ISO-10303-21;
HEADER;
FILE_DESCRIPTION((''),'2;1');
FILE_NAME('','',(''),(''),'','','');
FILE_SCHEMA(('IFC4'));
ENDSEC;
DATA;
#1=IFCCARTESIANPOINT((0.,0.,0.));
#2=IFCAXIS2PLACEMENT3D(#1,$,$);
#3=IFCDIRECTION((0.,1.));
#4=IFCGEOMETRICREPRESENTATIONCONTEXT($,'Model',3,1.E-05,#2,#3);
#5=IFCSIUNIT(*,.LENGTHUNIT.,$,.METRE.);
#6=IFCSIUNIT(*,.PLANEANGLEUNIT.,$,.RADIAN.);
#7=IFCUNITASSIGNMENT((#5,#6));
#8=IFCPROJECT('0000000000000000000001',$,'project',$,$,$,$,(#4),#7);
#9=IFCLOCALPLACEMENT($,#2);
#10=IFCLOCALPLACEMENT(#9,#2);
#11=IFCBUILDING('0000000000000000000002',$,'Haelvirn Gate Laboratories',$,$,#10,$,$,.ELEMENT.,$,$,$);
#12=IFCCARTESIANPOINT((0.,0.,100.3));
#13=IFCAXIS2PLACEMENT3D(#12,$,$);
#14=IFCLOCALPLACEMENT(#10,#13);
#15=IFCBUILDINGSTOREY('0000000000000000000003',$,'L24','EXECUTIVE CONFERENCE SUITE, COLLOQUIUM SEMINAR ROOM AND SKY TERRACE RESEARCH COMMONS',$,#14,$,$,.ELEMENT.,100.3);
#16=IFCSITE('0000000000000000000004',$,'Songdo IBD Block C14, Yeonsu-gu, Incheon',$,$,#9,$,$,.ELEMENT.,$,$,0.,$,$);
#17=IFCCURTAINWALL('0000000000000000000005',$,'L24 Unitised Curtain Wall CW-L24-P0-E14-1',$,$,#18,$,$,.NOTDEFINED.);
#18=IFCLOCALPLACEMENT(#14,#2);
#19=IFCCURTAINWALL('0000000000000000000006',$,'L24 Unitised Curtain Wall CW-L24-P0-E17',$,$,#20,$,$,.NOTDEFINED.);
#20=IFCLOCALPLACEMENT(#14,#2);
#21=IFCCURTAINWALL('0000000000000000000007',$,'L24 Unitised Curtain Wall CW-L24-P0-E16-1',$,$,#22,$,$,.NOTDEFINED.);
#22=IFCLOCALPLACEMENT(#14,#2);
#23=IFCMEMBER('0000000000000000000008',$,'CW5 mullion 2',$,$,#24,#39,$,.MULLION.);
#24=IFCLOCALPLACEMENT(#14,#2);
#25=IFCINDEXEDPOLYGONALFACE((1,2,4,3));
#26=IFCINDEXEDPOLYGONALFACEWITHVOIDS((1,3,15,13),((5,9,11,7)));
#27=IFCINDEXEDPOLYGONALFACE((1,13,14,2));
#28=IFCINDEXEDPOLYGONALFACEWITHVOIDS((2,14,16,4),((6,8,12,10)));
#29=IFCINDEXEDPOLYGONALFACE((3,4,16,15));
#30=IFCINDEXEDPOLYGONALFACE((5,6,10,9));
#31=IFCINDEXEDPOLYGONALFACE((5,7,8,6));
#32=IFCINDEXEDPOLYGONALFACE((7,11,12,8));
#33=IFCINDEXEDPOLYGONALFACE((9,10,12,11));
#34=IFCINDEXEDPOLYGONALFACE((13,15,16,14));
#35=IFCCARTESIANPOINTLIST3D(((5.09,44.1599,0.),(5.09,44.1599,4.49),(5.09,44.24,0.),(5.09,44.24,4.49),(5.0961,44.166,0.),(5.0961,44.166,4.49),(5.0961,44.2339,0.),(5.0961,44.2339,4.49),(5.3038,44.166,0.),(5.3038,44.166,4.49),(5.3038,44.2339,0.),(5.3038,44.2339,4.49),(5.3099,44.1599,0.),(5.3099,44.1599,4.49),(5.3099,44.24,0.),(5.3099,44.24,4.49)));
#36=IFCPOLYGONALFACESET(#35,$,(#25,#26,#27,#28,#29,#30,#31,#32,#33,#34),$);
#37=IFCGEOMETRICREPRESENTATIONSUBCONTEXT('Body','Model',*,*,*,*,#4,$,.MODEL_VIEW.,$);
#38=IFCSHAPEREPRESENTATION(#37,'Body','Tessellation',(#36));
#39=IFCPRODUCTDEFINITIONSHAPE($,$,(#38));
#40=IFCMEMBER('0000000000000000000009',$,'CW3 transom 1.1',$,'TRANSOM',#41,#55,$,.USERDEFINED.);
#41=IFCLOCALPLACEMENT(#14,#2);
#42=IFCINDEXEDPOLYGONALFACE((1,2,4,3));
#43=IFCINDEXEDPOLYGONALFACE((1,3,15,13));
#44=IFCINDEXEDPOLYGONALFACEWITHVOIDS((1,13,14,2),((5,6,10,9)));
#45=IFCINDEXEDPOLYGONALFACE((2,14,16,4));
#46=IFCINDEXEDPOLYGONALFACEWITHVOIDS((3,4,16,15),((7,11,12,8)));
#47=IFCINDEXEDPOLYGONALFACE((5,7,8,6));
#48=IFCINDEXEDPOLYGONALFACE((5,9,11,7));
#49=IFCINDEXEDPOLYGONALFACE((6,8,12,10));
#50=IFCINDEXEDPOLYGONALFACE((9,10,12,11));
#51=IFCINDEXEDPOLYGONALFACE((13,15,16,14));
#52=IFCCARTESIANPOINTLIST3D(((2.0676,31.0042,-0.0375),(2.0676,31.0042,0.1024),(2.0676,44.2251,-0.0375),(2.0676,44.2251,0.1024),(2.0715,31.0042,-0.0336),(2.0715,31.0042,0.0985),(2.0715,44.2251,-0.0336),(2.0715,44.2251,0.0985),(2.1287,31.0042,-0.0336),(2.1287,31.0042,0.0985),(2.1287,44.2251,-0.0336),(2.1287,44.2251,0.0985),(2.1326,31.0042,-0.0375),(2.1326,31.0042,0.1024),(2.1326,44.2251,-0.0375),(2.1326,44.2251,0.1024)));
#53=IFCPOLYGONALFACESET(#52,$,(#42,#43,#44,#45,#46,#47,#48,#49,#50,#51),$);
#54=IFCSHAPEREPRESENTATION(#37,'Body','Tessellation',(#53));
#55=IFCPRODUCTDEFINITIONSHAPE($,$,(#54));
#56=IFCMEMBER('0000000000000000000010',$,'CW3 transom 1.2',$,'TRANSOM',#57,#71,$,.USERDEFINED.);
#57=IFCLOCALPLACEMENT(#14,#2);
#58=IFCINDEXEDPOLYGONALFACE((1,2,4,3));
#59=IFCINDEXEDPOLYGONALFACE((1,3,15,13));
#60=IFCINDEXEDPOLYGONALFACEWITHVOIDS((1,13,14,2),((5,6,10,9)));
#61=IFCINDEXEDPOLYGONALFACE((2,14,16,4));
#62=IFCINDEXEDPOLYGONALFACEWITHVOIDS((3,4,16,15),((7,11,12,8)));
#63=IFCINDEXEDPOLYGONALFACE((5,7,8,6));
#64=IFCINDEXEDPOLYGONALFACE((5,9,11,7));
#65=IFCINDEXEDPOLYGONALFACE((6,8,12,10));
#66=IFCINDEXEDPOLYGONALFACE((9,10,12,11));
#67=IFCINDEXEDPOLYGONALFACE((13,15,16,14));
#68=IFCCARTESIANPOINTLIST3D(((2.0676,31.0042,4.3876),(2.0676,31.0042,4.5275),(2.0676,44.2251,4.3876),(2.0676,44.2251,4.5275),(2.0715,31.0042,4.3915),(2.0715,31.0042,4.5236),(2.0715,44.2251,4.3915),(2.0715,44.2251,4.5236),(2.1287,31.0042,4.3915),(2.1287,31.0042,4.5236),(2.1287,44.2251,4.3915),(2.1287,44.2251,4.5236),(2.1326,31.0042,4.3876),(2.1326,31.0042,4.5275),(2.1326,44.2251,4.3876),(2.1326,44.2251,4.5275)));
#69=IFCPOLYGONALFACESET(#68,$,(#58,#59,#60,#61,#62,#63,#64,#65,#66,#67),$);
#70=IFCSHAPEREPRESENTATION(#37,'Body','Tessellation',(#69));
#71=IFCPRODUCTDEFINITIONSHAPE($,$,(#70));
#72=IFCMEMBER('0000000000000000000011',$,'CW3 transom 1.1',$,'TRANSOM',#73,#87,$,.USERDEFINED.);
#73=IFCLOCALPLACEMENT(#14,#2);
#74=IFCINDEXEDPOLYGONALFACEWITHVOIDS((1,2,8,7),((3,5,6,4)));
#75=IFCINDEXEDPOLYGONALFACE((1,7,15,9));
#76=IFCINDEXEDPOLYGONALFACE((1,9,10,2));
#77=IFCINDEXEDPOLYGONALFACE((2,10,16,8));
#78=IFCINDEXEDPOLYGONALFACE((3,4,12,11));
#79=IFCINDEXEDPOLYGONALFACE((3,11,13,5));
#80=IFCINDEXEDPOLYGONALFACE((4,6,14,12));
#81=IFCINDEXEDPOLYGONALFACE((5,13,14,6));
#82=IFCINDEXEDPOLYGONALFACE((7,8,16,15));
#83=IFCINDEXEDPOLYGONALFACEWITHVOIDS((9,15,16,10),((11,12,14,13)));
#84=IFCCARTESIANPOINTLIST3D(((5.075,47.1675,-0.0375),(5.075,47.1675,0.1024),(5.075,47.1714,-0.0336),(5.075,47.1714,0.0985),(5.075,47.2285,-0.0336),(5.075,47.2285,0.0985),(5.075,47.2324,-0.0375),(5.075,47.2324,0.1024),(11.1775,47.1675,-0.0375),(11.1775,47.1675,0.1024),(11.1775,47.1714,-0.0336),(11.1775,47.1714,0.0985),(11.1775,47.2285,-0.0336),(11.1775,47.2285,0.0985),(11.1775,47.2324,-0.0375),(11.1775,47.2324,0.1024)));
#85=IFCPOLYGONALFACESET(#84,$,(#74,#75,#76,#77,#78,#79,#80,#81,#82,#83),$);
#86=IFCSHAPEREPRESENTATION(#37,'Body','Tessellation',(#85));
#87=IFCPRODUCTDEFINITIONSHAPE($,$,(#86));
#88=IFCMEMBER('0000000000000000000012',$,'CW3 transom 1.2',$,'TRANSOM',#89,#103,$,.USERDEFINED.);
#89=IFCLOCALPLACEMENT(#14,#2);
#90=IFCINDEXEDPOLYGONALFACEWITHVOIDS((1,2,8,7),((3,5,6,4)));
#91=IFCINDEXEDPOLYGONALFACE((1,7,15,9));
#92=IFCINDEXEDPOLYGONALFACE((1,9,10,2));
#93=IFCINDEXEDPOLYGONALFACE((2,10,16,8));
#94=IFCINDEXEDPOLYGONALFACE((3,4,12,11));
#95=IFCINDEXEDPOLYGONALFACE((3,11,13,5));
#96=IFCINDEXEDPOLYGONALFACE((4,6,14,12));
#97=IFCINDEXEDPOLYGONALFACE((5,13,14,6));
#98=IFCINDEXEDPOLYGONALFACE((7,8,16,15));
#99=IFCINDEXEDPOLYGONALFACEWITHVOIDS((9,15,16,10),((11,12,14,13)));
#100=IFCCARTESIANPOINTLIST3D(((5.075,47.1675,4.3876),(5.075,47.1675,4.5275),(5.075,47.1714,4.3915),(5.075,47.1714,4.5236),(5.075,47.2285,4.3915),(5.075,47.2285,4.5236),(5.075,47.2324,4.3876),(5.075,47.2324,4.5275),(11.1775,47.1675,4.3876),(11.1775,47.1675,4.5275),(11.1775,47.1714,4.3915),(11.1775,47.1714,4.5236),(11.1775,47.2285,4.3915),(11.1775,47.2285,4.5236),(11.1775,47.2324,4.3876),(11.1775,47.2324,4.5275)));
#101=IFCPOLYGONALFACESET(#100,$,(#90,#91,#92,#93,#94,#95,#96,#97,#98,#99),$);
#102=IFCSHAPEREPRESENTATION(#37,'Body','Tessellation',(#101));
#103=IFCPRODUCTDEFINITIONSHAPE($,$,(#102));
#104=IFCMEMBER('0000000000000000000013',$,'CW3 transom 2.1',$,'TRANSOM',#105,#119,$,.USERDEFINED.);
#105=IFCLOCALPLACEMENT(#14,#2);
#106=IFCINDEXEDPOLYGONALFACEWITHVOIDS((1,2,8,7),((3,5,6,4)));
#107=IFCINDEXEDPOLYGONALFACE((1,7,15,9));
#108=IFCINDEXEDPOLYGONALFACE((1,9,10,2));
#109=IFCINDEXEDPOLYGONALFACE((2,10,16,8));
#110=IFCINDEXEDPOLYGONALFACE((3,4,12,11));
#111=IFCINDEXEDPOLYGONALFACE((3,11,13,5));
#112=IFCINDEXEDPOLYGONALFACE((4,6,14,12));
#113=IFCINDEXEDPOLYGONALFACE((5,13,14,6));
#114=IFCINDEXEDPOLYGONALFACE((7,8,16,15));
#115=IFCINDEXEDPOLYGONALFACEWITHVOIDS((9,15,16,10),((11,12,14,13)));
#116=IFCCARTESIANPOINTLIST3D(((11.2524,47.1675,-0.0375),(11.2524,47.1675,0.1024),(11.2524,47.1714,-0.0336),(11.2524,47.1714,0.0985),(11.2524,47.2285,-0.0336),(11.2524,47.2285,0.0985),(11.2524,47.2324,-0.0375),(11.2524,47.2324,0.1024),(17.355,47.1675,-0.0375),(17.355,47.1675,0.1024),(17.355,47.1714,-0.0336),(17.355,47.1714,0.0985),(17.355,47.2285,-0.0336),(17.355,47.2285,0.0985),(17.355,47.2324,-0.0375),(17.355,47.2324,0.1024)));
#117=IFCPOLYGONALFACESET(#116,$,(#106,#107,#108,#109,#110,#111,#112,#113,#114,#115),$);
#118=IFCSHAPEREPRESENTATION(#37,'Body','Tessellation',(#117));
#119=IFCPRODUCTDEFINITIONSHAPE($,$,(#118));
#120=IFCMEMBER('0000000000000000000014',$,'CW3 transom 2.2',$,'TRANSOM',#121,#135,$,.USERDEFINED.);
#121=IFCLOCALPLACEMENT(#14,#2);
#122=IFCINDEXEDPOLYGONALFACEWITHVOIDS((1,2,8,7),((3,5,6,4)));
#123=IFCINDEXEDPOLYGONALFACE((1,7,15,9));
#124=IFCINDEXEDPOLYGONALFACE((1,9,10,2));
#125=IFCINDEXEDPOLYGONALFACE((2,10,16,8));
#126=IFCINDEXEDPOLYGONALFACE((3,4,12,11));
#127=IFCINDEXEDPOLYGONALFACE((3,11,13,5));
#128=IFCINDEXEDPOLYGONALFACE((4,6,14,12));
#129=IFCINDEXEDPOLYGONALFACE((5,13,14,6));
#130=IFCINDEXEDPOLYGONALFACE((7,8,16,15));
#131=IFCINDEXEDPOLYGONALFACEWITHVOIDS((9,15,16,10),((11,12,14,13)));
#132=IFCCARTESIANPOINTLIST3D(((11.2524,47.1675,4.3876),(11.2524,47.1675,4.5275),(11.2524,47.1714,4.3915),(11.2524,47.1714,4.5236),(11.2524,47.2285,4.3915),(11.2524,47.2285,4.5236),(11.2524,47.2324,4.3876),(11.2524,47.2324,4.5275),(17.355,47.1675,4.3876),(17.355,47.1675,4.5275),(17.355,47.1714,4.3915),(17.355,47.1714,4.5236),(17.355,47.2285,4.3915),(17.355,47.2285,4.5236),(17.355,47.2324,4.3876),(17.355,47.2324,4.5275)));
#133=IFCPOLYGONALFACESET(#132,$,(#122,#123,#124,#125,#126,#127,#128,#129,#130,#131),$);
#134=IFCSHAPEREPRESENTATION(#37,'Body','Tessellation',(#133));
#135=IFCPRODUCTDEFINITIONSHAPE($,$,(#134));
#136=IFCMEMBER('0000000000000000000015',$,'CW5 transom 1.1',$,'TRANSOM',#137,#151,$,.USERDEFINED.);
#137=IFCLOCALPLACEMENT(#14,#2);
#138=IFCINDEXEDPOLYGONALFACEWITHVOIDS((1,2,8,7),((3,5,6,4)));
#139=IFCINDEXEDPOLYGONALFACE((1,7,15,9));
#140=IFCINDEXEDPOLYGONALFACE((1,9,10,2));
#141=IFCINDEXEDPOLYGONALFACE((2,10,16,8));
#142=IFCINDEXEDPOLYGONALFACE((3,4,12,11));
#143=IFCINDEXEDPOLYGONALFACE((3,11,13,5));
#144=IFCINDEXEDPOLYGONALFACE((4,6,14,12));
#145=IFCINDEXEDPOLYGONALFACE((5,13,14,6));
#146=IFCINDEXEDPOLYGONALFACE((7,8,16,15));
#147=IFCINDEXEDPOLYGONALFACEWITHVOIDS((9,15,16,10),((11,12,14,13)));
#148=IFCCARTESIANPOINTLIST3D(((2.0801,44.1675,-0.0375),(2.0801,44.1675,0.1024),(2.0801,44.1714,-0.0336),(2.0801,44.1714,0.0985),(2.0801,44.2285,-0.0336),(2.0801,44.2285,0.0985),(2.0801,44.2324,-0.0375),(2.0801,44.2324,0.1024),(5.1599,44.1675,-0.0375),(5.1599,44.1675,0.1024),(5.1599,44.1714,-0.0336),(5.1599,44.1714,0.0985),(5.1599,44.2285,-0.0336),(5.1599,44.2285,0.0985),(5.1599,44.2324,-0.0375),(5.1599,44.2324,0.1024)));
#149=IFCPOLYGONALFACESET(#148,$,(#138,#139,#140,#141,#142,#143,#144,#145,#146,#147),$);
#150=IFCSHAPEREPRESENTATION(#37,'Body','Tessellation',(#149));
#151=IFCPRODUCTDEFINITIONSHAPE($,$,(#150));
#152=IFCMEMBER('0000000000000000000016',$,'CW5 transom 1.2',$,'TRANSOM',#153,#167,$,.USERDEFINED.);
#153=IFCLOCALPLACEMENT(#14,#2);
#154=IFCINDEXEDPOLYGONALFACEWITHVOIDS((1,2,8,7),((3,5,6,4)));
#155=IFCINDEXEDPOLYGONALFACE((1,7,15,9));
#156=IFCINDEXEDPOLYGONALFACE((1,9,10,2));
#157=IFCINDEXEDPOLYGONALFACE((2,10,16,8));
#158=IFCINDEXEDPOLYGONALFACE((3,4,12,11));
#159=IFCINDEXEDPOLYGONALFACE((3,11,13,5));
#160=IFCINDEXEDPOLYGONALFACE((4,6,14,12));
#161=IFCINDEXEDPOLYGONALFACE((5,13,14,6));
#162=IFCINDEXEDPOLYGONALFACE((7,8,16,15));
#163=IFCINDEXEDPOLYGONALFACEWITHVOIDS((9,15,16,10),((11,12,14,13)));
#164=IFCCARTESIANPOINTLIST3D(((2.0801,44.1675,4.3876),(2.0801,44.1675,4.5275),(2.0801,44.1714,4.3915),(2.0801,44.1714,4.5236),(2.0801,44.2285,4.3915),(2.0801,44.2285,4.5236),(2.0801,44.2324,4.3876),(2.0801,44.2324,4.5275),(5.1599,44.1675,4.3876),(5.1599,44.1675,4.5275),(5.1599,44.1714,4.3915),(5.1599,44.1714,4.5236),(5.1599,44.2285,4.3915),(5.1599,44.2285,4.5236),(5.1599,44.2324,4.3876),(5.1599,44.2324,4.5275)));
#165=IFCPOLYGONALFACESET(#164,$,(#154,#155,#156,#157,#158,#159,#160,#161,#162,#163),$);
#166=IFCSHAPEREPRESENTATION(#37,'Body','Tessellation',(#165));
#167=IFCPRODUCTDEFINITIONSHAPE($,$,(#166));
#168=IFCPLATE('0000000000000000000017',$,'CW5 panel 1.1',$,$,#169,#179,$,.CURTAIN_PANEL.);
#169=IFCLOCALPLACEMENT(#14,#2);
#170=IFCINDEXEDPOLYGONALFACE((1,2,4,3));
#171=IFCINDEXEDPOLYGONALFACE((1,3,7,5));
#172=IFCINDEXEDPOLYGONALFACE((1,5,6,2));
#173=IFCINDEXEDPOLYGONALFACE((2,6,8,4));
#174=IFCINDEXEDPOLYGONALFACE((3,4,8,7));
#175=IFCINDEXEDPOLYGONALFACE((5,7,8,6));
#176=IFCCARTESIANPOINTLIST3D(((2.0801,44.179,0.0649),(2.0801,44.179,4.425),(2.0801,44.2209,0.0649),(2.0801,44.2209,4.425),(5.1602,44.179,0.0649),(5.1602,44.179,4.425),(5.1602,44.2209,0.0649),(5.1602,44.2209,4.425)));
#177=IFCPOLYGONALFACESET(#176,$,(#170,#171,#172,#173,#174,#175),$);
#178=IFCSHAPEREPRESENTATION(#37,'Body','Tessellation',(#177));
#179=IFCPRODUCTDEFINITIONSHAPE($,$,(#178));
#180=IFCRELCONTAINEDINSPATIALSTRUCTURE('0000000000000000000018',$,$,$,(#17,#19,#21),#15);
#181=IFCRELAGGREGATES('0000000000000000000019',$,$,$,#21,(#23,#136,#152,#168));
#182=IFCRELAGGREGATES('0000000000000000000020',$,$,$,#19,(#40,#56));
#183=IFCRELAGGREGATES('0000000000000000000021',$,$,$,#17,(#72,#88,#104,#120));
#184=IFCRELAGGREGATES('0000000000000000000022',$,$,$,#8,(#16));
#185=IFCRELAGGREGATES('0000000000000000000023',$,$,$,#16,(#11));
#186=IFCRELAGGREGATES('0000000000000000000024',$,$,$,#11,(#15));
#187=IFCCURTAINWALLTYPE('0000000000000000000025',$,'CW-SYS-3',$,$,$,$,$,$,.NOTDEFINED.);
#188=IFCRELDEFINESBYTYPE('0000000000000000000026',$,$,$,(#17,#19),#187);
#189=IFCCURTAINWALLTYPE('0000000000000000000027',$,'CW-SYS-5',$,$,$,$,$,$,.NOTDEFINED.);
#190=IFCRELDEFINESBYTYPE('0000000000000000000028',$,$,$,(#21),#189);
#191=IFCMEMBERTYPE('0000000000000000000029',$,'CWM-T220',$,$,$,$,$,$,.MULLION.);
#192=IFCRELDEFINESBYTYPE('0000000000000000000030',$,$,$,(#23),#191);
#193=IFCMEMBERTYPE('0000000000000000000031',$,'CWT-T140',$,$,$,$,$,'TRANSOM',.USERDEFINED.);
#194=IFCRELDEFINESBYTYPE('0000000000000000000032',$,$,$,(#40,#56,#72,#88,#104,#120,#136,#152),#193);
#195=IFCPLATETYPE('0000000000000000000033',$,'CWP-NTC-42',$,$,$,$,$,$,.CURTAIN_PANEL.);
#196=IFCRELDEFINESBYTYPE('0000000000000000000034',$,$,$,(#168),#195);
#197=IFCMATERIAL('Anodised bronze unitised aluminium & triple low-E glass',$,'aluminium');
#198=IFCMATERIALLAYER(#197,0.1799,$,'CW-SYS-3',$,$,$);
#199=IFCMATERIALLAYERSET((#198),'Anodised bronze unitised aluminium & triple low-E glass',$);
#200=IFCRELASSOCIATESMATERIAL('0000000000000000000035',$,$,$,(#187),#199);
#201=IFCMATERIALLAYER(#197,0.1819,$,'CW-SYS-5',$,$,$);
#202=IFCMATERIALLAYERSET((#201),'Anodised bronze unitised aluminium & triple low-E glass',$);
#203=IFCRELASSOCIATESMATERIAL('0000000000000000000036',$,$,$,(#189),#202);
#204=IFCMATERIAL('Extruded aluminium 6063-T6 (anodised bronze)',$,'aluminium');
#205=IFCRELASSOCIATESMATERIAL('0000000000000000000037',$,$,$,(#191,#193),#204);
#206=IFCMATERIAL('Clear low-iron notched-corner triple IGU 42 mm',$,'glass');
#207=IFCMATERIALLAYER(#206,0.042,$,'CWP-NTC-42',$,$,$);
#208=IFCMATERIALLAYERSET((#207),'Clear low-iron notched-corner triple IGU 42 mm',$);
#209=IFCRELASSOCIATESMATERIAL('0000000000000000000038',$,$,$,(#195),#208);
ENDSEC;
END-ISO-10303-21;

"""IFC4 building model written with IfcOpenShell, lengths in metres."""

from ifc_helpers import new_model, si_unit, direction, frame, origin, origin_2d, place, context, subcontext, project, spatial, rectangle, hollow_rectangle, extrude, source, transform, mapped, material, layer, layer_set, material_profile, profile_set, type_object, type_shapes, element, aggregate, save


model = new_model("IFC4")

# Units and contexts
model_context = context("Model", 3, precision=1e-05, world=origin(), true_north=direction((0.0, 1.0)))
body_context = subcontext(model_context, "Body", "Model", "MODEL_VIEW")
ifc_project = project(units=[si_unit("LENGTHUNIT", "METRE"), si_unit("PLANEANGLEUNIT", "RADIAN")], contexts=[model_context])

# Site, building, storey
site_placement = place(None, origin())
site = spatial("IfcSite", under=ifc_project, at=site_placement, Name="Songdo IBD Block C14, Yeonsu-gu, Incheon", CompositionType="ELEMENT", RefElevation=0.0)
building_placement = place(site_placement, origin())
building = spatial("IfcBuilding", under=site, at=building_placement, Name="Haelvirn Gate Laboratories", CompositionType="ELEMENT")
storey_placement = place(building_placement, frame((0.0, 0.0, 100.3)))
storey = spatial("IfcBuildingStorey", under=building, at=storey_placement, Name="L24", Description="EXECUTIVE CONFERENCE SUITE, COLLOQUIUM SEMINAR ROOM AND SKY TERRACE RESEARCH COMMONS", CompositionType="ELEMENT", Elevation=100.3)

# Curtain wall
ifc_material_1 = material(Name="Anodised bronze unitised aluminium & triple low-E glass", Category="aluminium")
ifc_layer_1 = layer(ifc_material_1, 0.1799, Name="CW-SYS-3")
ifc_layer_set_1 = layer_set([ifc_layer_1], Name="Anodised bronze unitised aluminium & triple low-E glass")
curtain_wall_type_1 = type_object("IfcCurtainWallType", Name="CW-SYS-3", PredefinedType="NOTDEFINED", material=ifc_layer_set_1)
curtain_wall_1_placement = place(storey_placement, origin())
curtain_wall_1 = element("IfcCurtainWall", 1, at=curtain_wall_1_placement, inside=storey, type_object=curtain_wall_type_1, Name="L24 Unitised Curtain Wall CW-L24-P0-E14-1", PredefinedType="NOTDEFINED")
ifc_material_2 = material(Name="Extruded aluminium 6063-T6 (anodised bronze)", Category="aluminium")

# Curtain wall
curtain_wall_2_placement = place(storey_placement, origin())
curtain_wall_2 = element("IfcCurtainWall", 2, at=curtain_wall_2_placement, inside=storey, type_object=curtain_wall_type_1, Name="L24 Unitised Curtain Wall CW-L24-P0-E17", PredefinedType="NOTDEFINED")

# Curtain wall, member
ifc_layer_2 = layer(ifc_material_1, 0.1819, Name="CW-SYS-5")
ifc_layer_set_2 = layer_set([ifc_layer_2], Name="Anodised bronze unitised aluminium & triple low-E glass")
curtain_wall_type_2 = type_object("IfcCurtainWallType", Name="CW-SYS-5", PredefinedType="NOTDEFINED", material=ifc_layer_set_2)
curtain_wall_3_placement = place(storey_placement, origin())
curtain_wall_3 = element("IfcCurtainWall", 3, at=curtain_wall_3_placement, inside=storey, type_object=curtain_wall_type_2, Name="L24 Unitised Curtain Wall CW-L24-P0-E16-1", PredefinedType="NOTDEFINED")
ifc_material_profile_1 = material_profile(ifc_material_2, hollow_rectangle(XDim=0.0801, YDim=0.22, WallThickness=0.0061, at=origin_2d()), Name="CWM-220x80x6")
ifc_profile_set_1 = profile_set([ifc_material_profile_1], Name="Extruded aluminium 6063-T6 (anodised bronze)")
member_type_1 = type_object("IfcMemberType", Name="CWM-T220", PredefinedType="MULLION", material=ifc_profile_set_1)
shared_shape_1 = source(origin(), body_context, "Body", "SweptSolid", [
    extrude(hollow_rectangle(XDim=0.0801, YDim=0.22, WallThickness=0.0061, at=origin_2d()), origin(), (0.0, 0.0, 1.0), 4.49),
])
type_shapes(member_type_1, [shared_shape_1])
member_1_placement = place(storey_placement, frame((5.2, 44.2, 0.0), z_axis=(0.0, 0.0, 1.0), x_axis=(0.0, 1.0, 0.0)))
member_1 = element("IfcMember", 4, at=member_1_placement, type_object=member_type_1, Name="CW5 mullion 2", PredefinedType="MULLION", context=body_context, shape_type="MappedRepresentation", body=[
    mapped(shared_shape_1, transform((0.0, 0.0, 0.0), scale=1.0)),
])

# Members
ifc_material_profile_2 = material_profile(ifc_material_2, hollow_rectangle(XDim=0.0649, YDim=0.1399, WallThickness=0.0039, at=origin_2d()), Name="CWT-140x65x4")
ifc_profile_set_2 = profile_set([ifc_material_profile_2], Name="Extruded aluminium 6063-T6 (anodised bronze)")
member_type_2 = type_object("IfcMemberType", Name="CWT-T140", ElementType="TRANSOM", PredefinedType="USERDEFINED", material=ifc_profile_set_2)
shared_shape_2 = source(origin(), body_context, "Body", "SweptSolid", [
    extrude(hollow_rectangle(XDim=0.0649, YDim=0.1399, WallThickness=0.0039, at=origin_2d()), origin(), (0.0, 0.0, 1.0), 13.2209),
])
member_2_placement = place(storey_placement, frame((2.1001, 44.2251, 0.0325), z_axis=(0.0, -1.0, 0.0), x_axis=(1.0, 0.0, 0.0)))
member_2 = element("IfcMember", 5, at=member_2_placement, type_object=member_type_2, Name="CW3 transom 1.1", ObjectType="TRANSOM", PredefinedType="USERDEFINED", context=body_context, shape_type="MappedRepresentation", body=[
    mapped(shared_shape_2, transform((0.0, 0.0, 0.0), scale=1.0)),
])
member_3_placement = place(storey_placement, frame((2.1001, 44.2251, 4.4575), z_axis=(0.0, -1.0, 0.0), x_axis=(1.0, 0.0, 0.0)))
member_3 = element("IfcMember", 6, at=member_3_placement, type_object=member_type_2, Name="CW3 transom 1.2", ObjectType="TRANSOM", PredefinedType="USERDEFINED", context=body_context, shape_type="MappedRepresentation", body=[
    mapped(shared_shape_2, transform((0.0, 0.0, 0.0), scale=1.0)),
])
shared_shape_3 = source(origin(), body_context, "Body", "SweptSolid", [
    extrude(hollow_rectangle(XDim=0.0649, YDim=0.1399, WallThickness=0.0039, at=origin_2d()), origin(), (0.0, 0.0, 1.0), 6.1025),
])
member_4_placement = place(storey_placement, frame((5.075, 47.2, 0.0325), z_axis=(1.0, 0.0, 0.0), x_axis=(0.0, 1.0, 0.0)))
member_4 = element("IfcMember", 7, at=member_4_placement, type_object=member_type_2, Name="CW3 transom 1.1", ObjectType="TRANSOM", PredefinedType="USERDEFINED", context=body_context, shape_type="MappedRepresentation", body=[
    mapped(shared_shape_3, transform((0.0, 0.0, 0.0), scale=1.0)),
])
member_5_placement = place(storey_placement, frame((5.075, 47.2, 4.4575), z_axis=(1.0, 0.0, 0.0), x_axis=(0.0, 1.0, 0.0)))
member_5 = element("IfcMember", 8, at=member_5_placement, type_object=member_type_2, Name="CW3 transom 1.2", ObjectType="TRANSOM", PredefinedType="USERDEFINED", context=body_context, shape_type="MappedRepresentation", body=[
    mapped(shared_shape_3, transform((0.0, 0.0, 0.0), scale=1.0)),
])
member_6_placement = place(storey_placement, frame((11.2524, 47.2, 0.0325), z_axis=(1.0, 0.0, 0.0), x_axis=(0.0, 1.0, 0.0)))
member_6 = element("IfcMember", 9, at=member_6_placement, type_object=member_type_2, Name="CW3 transom 2.1", ObjectType="TRANSOM", PredefinedType="USERDEFINED", context=body_context, shape_type="MappedRepresentation", body=[
    mapped(shared_shape_3, transform((0.0, 0.0, 0.0), scale=1.0)),
])
member_7_placement = place(storey_placement, frame((11.2524, 47.2, 4.4575), z_axis=(1.0, 0.0, 0.0), x_axis=(0.0, 1.0, 0.0)))
member_7 = element("IfcMember", 10, at=member_7_placement, type_object=member_type_2, Name="CW3 transom 2.2", ObjectType="TRANSOM", PredefinedType="USERDEFINED", context=body_context, shape_type="MappedRepresentation", body=[
    mapped(shared_shape_3, transform((0.0, 0.0, 0.0), scale=1.0)),
])
shared_shape_4 = source(origin(), body_context, "Body", "SweptSolid", [
    extrude(hollow_rectangle(XDim=0.0649, YDim=0.1399, WallThickness=0.0039, at=origin_2d()), origin(), (0.0, 0.0, 1.0), 3.0798),
])
type_shapes(member_type_2, [shared_shape_2, shared_shape_3, shared_shape_4])
member_8_placement = place(storey_placement, frame((2.0801, 44.2, 0.0325), z_axis=(1.0, 0.0, 0.0), x_axis=(0.0, 1.0, 0.0)))
member_8 = element("IfcMember", 11, at=member_8_placement, type_object=member_type_2, Name="CW5 transom 1.1", ObjectType="TRANSOM", PredefinedType="USERDEFINED", context=body_context, shape_type="MappedRepresentation", body=[
    mapped(shared_shape_4, transform((0.0, 0.0, 0.0), scale=1.0)),
])
member_9_placement = place(storey_placement, frame((2.0801, 44.2, 4.4575), z_axis=(1.0, 0.0, 0.0), x_axis=(0.0, 1.0, 0.0)))
member_9 = element("IfcMember", 12, at=member_9_placement, type_object=member_type_2, Name="CW5 transom 1.2", ObjectType="TRANSOM", PredefinedType="USERDEFINED", context=body_context, shape_type="MappedRepresentation", body=[
    mapped(shared_shape_4, transform((0.0, 0.0, 0.0), scale=1.0)),
])

# Plate
ifc_material_3 = material(Name="Clear low-iron notched-corner triple IGU 42 mm", Category="glass")
ifc_layer_3 = layer(ifc_material_3, 0.042, Name="CWP-NTC-42")
ifc_layer_set_3 = layer_set([ifc_layer_3], Name="Clear low-iron notched-corner triple IGU 42 mm")
plate_type_1 = type_object("IfcPlateType", Name="CWP-NTC-42", PredefinedType="CURTAIN_PANEL", material=ifc_layer_set_3)
shared_shape_5 = source(origin(), body_context, "Body", "SweptSolid", [
    extrude(rectangle(XDim=3.0801, YDim=0.042, at=origin_2d()), origin(), (0.0, 0.0, 1.0), 4.3601),
])
type_shapes(plate_type_1, [shared_shape_5])
plate_1_placement = place(storey_placement, frame((3.6201, 44.2, 0.0649), z_axis=(0.0, 0.0, 1.0), x_axis=(1.0, 0.0, 0.0)))
plate_1 = element("IfcPlate", 13, at=plate_1_placement, type_object=plate_type_1, Name="CW5 panel 1.1", PredefinedType="CURTAIN_PANEL", context=body_context, shape_type="MappedRepresentation", body=[
    mapped(shared_shape_5, transform((0.0, 0.0, 0.0), scale=1.0)),
])
aggregate(curtain_wall_3, [member_1, member_8, member_9, plate_1])
aggregate(curtain_wall_2, [member_2, member_3])
aggregate(curtain_wall_1, [member_4, member_5, member_6, member_7])

save(model, "model.ifc")
